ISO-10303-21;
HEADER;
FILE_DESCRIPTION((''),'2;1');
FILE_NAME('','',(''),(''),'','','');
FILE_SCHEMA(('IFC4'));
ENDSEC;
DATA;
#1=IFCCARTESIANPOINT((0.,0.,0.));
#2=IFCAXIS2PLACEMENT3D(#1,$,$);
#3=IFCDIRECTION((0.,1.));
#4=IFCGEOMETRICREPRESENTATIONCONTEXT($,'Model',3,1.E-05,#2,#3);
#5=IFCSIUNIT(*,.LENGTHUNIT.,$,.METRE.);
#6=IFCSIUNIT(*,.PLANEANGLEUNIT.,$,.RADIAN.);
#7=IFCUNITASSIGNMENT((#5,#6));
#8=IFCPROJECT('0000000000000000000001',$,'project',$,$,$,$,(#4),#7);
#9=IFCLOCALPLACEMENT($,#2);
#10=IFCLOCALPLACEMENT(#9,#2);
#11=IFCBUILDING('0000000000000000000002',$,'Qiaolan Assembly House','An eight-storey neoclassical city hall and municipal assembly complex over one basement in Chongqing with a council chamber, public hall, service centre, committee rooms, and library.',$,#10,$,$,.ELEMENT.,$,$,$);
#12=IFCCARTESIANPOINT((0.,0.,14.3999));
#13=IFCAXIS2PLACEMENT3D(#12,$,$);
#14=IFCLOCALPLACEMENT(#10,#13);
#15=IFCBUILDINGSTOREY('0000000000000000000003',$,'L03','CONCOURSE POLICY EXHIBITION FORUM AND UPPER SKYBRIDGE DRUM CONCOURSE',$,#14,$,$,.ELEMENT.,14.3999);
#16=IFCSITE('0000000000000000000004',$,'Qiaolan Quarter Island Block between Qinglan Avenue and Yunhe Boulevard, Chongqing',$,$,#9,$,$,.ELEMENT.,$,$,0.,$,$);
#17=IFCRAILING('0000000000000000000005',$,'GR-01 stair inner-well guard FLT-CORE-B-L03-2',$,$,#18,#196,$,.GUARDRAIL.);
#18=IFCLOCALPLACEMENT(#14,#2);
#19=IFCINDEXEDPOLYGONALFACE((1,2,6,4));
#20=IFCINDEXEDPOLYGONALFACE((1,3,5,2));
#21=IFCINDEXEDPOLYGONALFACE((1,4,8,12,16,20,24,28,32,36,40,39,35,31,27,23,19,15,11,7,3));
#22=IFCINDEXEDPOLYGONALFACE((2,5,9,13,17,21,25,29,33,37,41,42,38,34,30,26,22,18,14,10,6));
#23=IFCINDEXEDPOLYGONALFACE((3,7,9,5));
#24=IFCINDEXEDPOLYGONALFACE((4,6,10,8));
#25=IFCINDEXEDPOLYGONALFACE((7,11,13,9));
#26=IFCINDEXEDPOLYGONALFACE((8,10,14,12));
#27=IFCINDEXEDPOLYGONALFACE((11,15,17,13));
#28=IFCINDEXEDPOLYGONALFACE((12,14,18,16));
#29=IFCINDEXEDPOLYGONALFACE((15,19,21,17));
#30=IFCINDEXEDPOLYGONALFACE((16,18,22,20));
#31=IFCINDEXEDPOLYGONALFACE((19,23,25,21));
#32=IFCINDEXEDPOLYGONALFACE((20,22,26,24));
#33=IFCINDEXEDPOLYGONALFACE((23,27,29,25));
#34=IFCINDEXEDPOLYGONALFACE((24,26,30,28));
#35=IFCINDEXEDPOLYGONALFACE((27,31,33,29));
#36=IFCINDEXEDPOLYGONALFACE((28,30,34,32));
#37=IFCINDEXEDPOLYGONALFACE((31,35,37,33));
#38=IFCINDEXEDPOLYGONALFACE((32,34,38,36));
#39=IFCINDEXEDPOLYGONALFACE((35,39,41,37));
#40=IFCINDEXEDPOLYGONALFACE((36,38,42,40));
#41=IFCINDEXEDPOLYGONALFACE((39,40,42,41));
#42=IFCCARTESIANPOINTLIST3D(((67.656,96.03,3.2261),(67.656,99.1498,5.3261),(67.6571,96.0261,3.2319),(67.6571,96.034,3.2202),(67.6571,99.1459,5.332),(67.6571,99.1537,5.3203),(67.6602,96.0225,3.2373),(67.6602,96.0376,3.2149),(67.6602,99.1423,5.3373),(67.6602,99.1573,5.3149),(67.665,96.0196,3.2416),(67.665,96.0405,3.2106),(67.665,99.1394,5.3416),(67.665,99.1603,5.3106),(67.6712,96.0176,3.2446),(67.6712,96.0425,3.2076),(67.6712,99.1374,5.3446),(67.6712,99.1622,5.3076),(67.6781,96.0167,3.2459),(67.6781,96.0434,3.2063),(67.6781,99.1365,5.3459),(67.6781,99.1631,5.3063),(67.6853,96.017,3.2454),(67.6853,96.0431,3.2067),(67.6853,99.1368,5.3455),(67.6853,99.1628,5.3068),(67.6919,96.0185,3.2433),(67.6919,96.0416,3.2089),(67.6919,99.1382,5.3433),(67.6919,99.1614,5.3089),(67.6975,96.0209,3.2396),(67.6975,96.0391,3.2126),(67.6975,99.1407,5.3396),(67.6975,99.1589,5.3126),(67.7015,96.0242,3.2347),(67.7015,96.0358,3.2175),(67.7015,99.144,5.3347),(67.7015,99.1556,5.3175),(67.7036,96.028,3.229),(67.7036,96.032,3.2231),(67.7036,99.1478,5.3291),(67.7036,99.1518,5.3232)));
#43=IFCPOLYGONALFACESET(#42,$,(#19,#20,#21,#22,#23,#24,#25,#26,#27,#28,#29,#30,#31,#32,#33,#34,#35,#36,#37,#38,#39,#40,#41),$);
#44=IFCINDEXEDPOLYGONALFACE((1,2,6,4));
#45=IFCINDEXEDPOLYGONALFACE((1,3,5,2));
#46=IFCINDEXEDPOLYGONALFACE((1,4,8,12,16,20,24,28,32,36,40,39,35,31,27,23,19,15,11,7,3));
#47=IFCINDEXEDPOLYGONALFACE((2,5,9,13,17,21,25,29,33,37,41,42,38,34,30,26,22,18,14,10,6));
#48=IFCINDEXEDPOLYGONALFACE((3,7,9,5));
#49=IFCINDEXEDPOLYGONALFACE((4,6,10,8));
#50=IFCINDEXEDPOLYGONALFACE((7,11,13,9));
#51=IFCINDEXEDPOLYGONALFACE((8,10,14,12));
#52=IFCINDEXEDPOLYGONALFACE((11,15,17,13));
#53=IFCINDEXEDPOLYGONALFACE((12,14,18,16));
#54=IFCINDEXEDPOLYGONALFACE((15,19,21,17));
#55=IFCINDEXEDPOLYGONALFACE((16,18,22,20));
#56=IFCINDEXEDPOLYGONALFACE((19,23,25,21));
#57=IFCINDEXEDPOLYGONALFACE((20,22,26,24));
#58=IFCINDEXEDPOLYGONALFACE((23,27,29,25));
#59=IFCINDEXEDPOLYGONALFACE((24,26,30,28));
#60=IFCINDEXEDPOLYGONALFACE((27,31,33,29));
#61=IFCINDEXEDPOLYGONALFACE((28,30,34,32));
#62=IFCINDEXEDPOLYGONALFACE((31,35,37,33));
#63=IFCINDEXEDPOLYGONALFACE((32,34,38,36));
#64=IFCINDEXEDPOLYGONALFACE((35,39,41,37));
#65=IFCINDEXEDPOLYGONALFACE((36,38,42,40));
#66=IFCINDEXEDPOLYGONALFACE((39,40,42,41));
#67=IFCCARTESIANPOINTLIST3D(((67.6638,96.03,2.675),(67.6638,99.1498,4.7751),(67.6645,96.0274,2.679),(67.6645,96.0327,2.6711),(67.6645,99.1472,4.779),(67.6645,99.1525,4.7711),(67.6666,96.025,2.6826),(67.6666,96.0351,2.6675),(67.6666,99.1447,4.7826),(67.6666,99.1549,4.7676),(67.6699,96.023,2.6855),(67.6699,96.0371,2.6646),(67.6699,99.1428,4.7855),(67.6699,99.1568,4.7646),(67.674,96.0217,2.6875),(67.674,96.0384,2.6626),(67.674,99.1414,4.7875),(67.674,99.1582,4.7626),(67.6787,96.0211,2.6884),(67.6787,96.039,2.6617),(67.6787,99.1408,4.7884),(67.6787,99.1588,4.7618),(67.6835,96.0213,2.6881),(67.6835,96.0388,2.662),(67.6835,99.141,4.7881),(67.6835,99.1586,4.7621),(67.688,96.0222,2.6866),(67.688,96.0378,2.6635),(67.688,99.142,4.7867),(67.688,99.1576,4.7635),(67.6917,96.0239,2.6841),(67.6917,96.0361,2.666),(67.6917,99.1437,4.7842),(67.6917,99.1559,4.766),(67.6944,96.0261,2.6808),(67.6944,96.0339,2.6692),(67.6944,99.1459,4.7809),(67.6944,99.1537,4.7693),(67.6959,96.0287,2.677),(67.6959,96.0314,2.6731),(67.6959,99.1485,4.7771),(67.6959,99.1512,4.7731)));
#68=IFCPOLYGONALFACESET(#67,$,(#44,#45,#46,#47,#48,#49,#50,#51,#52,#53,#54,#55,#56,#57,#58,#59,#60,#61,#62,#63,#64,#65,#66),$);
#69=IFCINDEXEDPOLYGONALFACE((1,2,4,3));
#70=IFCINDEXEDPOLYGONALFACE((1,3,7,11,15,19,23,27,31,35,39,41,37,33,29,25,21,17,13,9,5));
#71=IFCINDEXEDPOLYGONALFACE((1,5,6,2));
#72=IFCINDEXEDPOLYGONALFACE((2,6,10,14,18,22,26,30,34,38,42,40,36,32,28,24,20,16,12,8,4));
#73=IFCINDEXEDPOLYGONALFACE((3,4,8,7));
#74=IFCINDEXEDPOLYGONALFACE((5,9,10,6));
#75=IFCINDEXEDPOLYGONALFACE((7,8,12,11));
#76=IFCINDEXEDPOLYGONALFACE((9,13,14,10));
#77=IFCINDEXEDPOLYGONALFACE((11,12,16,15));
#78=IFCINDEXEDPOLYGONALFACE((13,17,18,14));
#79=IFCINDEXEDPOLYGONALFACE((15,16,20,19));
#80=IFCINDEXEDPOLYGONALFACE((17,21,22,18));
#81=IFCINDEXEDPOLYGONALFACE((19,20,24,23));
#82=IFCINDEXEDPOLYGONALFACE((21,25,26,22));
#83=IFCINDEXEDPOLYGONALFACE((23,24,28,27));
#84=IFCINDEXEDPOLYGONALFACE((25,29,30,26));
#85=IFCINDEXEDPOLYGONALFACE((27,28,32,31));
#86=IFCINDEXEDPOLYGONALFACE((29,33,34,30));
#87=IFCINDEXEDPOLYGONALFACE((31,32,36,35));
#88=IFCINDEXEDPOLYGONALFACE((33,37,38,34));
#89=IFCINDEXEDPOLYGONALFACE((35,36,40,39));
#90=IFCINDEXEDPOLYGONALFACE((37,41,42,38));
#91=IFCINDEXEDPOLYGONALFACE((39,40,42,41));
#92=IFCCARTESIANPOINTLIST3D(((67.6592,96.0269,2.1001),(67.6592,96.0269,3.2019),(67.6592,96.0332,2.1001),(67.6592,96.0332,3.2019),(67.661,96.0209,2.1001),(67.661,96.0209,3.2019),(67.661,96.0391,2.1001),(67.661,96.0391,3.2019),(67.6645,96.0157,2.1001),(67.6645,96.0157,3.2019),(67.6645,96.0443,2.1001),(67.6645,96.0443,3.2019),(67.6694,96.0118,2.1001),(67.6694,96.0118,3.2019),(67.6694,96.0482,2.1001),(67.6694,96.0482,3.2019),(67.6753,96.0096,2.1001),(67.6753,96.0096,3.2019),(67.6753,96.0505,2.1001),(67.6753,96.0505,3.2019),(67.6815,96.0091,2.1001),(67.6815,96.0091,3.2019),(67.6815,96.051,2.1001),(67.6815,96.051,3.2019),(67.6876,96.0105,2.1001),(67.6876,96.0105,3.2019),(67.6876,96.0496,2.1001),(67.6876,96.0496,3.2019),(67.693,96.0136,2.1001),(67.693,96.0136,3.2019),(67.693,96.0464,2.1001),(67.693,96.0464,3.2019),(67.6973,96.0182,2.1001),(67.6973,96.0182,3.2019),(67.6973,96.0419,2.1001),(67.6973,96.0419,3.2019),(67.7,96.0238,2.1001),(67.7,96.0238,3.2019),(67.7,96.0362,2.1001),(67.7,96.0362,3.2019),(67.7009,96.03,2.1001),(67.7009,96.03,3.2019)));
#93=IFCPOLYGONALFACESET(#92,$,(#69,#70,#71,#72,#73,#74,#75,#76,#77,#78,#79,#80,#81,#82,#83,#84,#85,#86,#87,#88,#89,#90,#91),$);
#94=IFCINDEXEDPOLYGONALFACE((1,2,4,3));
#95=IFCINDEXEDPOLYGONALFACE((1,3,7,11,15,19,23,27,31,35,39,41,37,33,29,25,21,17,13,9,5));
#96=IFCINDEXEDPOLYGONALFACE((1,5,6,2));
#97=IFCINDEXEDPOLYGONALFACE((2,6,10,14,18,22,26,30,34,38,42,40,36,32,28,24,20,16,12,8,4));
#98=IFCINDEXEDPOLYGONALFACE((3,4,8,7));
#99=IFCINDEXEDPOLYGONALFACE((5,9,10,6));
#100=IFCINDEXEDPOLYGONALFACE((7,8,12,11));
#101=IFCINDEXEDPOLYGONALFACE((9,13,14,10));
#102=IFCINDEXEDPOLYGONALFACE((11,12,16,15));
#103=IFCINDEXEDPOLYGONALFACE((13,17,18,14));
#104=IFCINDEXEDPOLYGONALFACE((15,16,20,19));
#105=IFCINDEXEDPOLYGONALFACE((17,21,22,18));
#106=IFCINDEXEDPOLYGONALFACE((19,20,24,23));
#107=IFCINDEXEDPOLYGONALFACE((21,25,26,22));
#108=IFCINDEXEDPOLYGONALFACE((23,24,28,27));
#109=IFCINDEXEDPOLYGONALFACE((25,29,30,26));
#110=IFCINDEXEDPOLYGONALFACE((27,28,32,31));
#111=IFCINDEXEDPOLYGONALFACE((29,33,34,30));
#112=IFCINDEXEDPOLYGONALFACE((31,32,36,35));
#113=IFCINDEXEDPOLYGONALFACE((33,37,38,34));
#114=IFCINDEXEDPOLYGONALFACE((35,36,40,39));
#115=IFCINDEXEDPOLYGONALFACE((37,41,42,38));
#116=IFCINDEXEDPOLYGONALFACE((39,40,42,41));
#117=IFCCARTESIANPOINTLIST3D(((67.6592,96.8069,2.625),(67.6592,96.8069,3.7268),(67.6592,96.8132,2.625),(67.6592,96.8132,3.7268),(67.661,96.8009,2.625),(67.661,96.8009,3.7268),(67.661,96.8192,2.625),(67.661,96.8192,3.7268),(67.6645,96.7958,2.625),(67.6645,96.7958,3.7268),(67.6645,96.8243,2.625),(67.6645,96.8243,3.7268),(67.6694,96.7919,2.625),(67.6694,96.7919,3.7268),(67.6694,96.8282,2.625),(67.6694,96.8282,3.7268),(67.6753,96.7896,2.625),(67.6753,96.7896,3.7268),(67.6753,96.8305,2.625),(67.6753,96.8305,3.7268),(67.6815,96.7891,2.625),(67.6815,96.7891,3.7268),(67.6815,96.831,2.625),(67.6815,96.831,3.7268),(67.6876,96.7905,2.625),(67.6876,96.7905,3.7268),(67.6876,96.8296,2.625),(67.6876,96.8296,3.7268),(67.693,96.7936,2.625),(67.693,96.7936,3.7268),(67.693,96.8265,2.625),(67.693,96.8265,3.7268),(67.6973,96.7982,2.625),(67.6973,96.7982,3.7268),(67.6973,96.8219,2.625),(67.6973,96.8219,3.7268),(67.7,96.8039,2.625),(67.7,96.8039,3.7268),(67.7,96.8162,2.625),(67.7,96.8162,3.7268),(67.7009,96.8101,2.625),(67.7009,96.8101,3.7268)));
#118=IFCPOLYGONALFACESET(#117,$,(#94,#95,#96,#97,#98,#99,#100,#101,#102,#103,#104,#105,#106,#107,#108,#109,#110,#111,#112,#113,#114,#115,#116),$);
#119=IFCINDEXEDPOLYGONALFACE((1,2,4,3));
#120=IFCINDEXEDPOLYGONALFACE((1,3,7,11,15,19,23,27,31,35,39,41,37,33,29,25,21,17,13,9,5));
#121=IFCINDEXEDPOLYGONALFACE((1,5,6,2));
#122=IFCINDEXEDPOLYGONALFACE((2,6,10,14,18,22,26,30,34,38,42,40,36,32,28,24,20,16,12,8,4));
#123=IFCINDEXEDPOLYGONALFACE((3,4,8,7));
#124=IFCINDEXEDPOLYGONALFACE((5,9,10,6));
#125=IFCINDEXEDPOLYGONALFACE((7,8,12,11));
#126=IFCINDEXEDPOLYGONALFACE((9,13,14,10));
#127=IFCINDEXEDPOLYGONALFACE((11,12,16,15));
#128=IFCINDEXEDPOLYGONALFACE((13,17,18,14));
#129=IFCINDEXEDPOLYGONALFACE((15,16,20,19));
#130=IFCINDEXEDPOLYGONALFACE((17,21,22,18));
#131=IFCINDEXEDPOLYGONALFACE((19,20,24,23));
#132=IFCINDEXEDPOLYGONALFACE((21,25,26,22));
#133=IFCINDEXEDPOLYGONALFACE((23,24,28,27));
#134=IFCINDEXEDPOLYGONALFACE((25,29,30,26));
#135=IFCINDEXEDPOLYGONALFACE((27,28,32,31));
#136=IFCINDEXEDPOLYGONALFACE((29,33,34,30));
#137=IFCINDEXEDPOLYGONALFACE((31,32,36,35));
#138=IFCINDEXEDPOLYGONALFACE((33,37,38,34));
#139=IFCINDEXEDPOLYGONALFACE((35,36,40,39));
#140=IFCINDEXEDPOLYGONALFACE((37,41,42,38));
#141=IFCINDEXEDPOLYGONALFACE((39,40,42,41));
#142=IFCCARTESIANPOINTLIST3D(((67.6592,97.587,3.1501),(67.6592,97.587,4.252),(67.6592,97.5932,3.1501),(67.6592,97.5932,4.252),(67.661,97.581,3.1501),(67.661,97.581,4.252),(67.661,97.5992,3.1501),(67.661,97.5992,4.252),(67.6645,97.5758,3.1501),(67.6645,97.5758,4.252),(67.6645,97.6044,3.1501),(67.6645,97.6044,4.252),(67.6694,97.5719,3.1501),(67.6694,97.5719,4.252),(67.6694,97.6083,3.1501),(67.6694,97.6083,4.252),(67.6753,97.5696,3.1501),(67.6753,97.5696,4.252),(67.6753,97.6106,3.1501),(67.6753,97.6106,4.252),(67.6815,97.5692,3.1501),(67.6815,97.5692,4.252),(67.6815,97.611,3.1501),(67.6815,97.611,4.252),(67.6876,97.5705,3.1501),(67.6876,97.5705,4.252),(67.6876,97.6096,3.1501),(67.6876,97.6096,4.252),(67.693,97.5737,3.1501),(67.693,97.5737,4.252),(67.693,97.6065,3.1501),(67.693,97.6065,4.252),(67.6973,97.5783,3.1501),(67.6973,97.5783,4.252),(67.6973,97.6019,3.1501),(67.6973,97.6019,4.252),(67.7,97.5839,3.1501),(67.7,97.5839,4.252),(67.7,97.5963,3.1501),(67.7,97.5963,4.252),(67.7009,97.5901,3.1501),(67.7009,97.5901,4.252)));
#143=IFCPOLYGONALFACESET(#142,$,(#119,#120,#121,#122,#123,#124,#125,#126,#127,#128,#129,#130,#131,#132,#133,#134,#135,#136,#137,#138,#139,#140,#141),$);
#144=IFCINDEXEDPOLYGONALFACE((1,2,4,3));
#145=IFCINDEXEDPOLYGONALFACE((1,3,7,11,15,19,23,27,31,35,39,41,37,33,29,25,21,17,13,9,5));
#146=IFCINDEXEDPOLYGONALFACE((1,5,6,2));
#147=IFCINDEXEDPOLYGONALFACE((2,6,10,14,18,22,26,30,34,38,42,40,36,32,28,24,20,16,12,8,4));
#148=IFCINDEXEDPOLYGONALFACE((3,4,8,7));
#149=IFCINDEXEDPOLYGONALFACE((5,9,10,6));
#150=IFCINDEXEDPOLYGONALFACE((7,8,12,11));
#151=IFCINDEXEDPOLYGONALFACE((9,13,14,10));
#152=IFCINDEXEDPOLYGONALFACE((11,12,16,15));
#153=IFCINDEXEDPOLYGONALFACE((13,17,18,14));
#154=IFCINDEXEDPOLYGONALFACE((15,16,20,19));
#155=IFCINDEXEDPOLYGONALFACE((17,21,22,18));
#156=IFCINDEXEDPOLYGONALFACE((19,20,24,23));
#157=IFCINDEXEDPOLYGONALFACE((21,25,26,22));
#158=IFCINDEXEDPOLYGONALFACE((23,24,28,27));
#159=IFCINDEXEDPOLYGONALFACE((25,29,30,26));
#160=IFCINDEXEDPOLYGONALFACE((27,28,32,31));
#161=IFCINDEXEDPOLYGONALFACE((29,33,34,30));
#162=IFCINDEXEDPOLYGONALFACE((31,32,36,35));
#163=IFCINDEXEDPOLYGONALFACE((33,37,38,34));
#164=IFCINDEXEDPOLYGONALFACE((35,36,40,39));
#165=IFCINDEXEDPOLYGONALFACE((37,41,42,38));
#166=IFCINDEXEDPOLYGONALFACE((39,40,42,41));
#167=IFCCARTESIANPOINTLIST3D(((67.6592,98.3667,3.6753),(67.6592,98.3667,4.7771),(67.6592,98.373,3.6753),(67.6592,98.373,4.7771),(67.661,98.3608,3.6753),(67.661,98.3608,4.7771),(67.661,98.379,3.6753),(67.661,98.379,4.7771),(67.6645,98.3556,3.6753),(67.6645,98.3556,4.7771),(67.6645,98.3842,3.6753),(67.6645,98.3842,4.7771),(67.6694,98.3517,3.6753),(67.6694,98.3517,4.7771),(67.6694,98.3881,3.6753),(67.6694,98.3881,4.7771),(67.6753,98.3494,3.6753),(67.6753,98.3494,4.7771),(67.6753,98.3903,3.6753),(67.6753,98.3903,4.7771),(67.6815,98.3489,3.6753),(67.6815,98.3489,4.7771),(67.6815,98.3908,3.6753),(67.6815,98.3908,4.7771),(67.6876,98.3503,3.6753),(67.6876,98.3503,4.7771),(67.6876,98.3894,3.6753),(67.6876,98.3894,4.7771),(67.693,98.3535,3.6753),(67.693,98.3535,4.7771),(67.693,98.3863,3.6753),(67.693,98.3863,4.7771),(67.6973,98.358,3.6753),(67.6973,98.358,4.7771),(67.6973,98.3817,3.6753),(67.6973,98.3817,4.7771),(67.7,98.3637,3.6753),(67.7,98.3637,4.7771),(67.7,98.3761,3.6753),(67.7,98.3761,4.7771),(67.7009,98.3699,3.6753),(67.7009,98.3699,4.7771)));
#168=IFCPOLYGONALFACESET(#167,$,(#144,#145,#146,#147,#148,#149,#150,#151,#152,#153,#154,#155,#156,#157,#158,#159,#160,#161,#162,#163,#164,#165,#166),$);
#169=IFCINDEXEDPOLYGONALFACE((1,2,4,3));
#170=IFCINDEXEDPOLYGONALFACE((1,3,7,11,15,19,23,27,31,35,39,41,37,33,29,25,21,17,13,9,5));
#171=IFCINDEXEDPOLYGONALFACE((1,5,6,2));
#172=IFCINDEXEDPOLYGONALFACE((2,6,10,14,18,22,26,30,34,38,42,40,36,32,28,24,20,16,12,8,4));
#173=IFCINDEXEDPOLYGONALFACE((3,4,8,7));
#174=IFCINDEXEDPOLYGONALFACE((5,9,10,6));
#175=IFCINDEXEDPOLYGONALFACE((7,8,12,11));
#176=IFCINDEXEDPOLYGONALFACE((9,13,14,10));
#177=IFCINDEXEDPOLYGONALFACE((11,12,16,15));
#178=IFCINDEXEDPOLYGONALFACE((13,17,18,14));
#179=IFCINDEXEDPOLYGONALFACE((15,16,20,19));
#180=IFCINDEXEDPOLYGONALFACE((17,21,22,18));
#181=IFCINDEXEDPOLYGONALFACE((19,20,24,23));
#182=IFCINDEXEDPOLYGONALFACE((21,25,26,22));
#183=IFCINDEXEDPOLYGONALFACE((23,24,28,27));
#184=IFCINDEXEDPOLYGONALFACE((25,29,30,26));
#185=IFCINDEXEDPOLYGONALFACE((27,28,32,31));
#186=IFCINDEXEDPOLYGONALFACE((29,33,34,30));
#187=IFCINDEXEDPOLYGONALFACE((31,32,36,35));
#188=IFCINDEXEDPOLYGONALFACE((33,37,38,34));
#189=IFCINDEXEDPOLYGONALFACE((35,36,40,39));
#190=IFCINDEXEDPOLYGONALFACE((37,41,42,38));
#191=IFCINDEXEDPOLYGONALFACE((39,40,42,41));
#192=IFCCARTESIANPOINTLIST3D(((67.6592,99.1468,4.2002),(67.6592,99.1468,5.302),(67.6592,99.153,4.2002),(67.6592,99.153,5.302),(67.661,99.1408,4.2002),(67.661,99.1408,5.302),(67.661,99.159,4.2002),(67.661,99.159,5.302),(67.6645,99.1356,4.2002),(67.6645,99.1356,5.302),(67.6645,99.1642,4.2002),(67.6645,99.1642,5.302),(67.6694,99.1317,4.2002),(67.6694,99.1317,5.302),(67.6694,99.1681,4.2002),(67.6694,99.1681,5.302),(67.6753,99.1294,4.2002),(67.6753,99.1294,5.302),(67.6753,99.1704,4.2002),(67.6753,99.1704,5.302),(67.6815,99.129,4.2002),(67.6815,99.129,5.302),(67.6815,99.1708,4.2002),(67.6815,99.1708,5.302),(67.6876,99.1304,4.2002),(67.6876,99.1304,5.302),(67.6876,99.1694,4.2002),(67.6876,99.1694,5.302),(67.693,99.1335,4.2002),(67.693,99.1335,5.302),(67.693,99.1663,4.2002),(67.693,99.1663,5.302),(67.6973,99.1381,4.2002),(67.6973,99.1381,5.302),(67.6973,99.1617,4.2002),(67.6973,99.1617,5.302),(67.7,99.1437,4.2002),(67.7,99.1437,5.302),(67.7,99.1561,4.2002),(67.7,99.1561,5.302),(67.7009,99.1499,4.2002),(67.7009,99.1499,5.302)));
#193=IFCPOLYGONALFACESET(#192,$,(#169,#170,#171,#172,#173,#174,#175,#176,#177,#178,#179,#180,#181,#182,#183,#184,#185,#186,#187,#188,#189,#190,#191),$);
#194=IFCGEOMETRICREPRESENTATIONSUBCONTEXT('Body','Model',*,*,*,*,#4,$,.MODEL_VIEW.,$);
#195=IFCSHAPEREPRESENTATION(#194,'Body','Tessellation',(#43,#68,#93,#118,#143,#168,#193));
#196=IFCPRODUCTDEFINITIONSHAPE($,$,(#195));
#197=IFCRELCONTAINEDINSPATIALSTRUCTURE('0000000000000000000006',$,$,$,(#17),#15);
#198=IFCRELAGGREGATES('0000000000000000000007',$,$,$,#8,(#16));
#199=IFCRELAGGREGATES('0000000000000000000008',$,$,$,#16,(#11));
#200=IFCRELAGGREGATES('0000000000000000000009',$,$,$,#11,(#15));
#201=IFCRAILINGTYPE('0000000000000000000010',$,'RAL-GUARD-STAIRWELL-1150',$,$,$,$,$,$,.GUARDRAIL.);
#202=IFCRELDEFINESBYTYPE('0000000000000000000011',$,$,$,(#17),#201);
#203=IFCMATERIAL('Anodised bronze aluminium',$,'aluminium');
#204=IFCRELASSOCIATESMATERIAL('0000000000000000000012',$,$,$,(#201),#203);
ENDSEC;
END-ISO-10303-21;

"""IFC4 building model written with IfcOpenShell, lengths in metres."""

from ifc_helpers import new_model, si_unit, direction, frame, origin, origin_2d, place, context, subcontext, project, spatial, circle, extrude, material, type_object, element, save


model = new_model("IFC4")

# Units and contexts
model_context = context("Model", 3, precision=1e-05, world=origin(), true_north=direction((0.0, 1.0)))
body_context = subcontext(model_context, "Body", "Model", "MODEL_VIEW")
ifc_project = project(units=[si_unit("LENGTHUNIT", "METRE"), si_unit("PLANEANGLEUNIT", "RADIAN")], contexts=[model_context])

# Site, building, storey
site_placement = place(None, origin())
site = spatial("IfcSite", under=ifc_project, at=site_placement, Name="Qiaolan Quarter Island Block between Qinglan Avenue and Yunhe Boulevard, Chongqing", CompositionType="ELEMENT", RefElevation=0.0)
building_placement = place(site_placement, origin())
building = spatial("IfcBuilding", under=site, at=building_placement, Name="Qiaolan Assembly House", Description="An eight-storey neoclassical city hall and municipal assembly complex over one basement in Chongqing with a council chamber, public hall, service centre, committee rooms, and library.", CompositionType="ELEMENT")
storey_placement = place(building_placement, frame((0.0, 0.0, 14.3999)))
storey = spatial("IfcBuildingStorey", under=building, at=storey_placement, Name="L03", Description="CONCOURSE POLICY EXHIBITION FORUM AND UPPER SKYBRIDGE DRUM CONCOURSE", CompositionType="ELEMENT", Elevation=14.3999)

# Railing
ifc_material_1 = material(Name="Anodised bronze aluminium", Category="aluminium")
railing_type_1 = type_object("IfcRailingType", Name="RAL-GUARD-STAIRWELL-1150", PredefinedType="GUARDRAIL", material=ifc_material_1)
railing_1_placement = place(storey_placement, frame((67.6799, 96.03, 2.1001)))
element("IfcRailing", 1, at=railing_1_placement, inside=storey, type_object=railing_type_1, Name="GR-01 stair inner-well guard FLT-CORE-B-L03-2", PredefinedType="GUARDRAIL", context=body_context, shape_type="SweptSolid", body=[
    extrude(circle(Radius=0.0239, at=origin_2d()), frame((0.0, 0.0, 1.126), z_axis=(0.0, 0.829565, 0.55841), x_axis=(-1.0, 0.0, 0.0)), (0.0, 0.0, 1.0), 3.7607),
    extrude(circle(Radius=0.0161, at=origin_2d()), frame((0.0, 0.0, 0.575), z_axis=(0.0, 0.829565, 0.55841), x_axis=(-1.0, 0.0, 0.0)), (0.0, 0.0, 1.0), 3.7607),
    extrude(circle(Radius=0.021, at=origin_2d()), origin(), (0.0, 0.0, 1.0), 1.1018),
    extrude(circle(Radius=0.021, at=origin_2d()), frame((0.0, 0.78, 0.5249)), (0.0, 0.0, 1.0), 1.1018),
    extrude(circle(Radius=0.021, at=origin_2d()), frame((0.0, 1.5601, 1.05)), (0.0, 0.0, 1.0), 1.1018),
    extrude(circle(Radius=0.021, at=origin_2d()), frame((0.0, 2.3398, 1.5752)), (0.0, 0.0, 1.0), 1.1018),
    extrude(circle(Radius=0.021, at=origin_2d()), frame((0.0, 3.1199, 2.1001)), (0.0, 0.0, 1.0), 1.1018),
])

save(model, "model.ifc")
